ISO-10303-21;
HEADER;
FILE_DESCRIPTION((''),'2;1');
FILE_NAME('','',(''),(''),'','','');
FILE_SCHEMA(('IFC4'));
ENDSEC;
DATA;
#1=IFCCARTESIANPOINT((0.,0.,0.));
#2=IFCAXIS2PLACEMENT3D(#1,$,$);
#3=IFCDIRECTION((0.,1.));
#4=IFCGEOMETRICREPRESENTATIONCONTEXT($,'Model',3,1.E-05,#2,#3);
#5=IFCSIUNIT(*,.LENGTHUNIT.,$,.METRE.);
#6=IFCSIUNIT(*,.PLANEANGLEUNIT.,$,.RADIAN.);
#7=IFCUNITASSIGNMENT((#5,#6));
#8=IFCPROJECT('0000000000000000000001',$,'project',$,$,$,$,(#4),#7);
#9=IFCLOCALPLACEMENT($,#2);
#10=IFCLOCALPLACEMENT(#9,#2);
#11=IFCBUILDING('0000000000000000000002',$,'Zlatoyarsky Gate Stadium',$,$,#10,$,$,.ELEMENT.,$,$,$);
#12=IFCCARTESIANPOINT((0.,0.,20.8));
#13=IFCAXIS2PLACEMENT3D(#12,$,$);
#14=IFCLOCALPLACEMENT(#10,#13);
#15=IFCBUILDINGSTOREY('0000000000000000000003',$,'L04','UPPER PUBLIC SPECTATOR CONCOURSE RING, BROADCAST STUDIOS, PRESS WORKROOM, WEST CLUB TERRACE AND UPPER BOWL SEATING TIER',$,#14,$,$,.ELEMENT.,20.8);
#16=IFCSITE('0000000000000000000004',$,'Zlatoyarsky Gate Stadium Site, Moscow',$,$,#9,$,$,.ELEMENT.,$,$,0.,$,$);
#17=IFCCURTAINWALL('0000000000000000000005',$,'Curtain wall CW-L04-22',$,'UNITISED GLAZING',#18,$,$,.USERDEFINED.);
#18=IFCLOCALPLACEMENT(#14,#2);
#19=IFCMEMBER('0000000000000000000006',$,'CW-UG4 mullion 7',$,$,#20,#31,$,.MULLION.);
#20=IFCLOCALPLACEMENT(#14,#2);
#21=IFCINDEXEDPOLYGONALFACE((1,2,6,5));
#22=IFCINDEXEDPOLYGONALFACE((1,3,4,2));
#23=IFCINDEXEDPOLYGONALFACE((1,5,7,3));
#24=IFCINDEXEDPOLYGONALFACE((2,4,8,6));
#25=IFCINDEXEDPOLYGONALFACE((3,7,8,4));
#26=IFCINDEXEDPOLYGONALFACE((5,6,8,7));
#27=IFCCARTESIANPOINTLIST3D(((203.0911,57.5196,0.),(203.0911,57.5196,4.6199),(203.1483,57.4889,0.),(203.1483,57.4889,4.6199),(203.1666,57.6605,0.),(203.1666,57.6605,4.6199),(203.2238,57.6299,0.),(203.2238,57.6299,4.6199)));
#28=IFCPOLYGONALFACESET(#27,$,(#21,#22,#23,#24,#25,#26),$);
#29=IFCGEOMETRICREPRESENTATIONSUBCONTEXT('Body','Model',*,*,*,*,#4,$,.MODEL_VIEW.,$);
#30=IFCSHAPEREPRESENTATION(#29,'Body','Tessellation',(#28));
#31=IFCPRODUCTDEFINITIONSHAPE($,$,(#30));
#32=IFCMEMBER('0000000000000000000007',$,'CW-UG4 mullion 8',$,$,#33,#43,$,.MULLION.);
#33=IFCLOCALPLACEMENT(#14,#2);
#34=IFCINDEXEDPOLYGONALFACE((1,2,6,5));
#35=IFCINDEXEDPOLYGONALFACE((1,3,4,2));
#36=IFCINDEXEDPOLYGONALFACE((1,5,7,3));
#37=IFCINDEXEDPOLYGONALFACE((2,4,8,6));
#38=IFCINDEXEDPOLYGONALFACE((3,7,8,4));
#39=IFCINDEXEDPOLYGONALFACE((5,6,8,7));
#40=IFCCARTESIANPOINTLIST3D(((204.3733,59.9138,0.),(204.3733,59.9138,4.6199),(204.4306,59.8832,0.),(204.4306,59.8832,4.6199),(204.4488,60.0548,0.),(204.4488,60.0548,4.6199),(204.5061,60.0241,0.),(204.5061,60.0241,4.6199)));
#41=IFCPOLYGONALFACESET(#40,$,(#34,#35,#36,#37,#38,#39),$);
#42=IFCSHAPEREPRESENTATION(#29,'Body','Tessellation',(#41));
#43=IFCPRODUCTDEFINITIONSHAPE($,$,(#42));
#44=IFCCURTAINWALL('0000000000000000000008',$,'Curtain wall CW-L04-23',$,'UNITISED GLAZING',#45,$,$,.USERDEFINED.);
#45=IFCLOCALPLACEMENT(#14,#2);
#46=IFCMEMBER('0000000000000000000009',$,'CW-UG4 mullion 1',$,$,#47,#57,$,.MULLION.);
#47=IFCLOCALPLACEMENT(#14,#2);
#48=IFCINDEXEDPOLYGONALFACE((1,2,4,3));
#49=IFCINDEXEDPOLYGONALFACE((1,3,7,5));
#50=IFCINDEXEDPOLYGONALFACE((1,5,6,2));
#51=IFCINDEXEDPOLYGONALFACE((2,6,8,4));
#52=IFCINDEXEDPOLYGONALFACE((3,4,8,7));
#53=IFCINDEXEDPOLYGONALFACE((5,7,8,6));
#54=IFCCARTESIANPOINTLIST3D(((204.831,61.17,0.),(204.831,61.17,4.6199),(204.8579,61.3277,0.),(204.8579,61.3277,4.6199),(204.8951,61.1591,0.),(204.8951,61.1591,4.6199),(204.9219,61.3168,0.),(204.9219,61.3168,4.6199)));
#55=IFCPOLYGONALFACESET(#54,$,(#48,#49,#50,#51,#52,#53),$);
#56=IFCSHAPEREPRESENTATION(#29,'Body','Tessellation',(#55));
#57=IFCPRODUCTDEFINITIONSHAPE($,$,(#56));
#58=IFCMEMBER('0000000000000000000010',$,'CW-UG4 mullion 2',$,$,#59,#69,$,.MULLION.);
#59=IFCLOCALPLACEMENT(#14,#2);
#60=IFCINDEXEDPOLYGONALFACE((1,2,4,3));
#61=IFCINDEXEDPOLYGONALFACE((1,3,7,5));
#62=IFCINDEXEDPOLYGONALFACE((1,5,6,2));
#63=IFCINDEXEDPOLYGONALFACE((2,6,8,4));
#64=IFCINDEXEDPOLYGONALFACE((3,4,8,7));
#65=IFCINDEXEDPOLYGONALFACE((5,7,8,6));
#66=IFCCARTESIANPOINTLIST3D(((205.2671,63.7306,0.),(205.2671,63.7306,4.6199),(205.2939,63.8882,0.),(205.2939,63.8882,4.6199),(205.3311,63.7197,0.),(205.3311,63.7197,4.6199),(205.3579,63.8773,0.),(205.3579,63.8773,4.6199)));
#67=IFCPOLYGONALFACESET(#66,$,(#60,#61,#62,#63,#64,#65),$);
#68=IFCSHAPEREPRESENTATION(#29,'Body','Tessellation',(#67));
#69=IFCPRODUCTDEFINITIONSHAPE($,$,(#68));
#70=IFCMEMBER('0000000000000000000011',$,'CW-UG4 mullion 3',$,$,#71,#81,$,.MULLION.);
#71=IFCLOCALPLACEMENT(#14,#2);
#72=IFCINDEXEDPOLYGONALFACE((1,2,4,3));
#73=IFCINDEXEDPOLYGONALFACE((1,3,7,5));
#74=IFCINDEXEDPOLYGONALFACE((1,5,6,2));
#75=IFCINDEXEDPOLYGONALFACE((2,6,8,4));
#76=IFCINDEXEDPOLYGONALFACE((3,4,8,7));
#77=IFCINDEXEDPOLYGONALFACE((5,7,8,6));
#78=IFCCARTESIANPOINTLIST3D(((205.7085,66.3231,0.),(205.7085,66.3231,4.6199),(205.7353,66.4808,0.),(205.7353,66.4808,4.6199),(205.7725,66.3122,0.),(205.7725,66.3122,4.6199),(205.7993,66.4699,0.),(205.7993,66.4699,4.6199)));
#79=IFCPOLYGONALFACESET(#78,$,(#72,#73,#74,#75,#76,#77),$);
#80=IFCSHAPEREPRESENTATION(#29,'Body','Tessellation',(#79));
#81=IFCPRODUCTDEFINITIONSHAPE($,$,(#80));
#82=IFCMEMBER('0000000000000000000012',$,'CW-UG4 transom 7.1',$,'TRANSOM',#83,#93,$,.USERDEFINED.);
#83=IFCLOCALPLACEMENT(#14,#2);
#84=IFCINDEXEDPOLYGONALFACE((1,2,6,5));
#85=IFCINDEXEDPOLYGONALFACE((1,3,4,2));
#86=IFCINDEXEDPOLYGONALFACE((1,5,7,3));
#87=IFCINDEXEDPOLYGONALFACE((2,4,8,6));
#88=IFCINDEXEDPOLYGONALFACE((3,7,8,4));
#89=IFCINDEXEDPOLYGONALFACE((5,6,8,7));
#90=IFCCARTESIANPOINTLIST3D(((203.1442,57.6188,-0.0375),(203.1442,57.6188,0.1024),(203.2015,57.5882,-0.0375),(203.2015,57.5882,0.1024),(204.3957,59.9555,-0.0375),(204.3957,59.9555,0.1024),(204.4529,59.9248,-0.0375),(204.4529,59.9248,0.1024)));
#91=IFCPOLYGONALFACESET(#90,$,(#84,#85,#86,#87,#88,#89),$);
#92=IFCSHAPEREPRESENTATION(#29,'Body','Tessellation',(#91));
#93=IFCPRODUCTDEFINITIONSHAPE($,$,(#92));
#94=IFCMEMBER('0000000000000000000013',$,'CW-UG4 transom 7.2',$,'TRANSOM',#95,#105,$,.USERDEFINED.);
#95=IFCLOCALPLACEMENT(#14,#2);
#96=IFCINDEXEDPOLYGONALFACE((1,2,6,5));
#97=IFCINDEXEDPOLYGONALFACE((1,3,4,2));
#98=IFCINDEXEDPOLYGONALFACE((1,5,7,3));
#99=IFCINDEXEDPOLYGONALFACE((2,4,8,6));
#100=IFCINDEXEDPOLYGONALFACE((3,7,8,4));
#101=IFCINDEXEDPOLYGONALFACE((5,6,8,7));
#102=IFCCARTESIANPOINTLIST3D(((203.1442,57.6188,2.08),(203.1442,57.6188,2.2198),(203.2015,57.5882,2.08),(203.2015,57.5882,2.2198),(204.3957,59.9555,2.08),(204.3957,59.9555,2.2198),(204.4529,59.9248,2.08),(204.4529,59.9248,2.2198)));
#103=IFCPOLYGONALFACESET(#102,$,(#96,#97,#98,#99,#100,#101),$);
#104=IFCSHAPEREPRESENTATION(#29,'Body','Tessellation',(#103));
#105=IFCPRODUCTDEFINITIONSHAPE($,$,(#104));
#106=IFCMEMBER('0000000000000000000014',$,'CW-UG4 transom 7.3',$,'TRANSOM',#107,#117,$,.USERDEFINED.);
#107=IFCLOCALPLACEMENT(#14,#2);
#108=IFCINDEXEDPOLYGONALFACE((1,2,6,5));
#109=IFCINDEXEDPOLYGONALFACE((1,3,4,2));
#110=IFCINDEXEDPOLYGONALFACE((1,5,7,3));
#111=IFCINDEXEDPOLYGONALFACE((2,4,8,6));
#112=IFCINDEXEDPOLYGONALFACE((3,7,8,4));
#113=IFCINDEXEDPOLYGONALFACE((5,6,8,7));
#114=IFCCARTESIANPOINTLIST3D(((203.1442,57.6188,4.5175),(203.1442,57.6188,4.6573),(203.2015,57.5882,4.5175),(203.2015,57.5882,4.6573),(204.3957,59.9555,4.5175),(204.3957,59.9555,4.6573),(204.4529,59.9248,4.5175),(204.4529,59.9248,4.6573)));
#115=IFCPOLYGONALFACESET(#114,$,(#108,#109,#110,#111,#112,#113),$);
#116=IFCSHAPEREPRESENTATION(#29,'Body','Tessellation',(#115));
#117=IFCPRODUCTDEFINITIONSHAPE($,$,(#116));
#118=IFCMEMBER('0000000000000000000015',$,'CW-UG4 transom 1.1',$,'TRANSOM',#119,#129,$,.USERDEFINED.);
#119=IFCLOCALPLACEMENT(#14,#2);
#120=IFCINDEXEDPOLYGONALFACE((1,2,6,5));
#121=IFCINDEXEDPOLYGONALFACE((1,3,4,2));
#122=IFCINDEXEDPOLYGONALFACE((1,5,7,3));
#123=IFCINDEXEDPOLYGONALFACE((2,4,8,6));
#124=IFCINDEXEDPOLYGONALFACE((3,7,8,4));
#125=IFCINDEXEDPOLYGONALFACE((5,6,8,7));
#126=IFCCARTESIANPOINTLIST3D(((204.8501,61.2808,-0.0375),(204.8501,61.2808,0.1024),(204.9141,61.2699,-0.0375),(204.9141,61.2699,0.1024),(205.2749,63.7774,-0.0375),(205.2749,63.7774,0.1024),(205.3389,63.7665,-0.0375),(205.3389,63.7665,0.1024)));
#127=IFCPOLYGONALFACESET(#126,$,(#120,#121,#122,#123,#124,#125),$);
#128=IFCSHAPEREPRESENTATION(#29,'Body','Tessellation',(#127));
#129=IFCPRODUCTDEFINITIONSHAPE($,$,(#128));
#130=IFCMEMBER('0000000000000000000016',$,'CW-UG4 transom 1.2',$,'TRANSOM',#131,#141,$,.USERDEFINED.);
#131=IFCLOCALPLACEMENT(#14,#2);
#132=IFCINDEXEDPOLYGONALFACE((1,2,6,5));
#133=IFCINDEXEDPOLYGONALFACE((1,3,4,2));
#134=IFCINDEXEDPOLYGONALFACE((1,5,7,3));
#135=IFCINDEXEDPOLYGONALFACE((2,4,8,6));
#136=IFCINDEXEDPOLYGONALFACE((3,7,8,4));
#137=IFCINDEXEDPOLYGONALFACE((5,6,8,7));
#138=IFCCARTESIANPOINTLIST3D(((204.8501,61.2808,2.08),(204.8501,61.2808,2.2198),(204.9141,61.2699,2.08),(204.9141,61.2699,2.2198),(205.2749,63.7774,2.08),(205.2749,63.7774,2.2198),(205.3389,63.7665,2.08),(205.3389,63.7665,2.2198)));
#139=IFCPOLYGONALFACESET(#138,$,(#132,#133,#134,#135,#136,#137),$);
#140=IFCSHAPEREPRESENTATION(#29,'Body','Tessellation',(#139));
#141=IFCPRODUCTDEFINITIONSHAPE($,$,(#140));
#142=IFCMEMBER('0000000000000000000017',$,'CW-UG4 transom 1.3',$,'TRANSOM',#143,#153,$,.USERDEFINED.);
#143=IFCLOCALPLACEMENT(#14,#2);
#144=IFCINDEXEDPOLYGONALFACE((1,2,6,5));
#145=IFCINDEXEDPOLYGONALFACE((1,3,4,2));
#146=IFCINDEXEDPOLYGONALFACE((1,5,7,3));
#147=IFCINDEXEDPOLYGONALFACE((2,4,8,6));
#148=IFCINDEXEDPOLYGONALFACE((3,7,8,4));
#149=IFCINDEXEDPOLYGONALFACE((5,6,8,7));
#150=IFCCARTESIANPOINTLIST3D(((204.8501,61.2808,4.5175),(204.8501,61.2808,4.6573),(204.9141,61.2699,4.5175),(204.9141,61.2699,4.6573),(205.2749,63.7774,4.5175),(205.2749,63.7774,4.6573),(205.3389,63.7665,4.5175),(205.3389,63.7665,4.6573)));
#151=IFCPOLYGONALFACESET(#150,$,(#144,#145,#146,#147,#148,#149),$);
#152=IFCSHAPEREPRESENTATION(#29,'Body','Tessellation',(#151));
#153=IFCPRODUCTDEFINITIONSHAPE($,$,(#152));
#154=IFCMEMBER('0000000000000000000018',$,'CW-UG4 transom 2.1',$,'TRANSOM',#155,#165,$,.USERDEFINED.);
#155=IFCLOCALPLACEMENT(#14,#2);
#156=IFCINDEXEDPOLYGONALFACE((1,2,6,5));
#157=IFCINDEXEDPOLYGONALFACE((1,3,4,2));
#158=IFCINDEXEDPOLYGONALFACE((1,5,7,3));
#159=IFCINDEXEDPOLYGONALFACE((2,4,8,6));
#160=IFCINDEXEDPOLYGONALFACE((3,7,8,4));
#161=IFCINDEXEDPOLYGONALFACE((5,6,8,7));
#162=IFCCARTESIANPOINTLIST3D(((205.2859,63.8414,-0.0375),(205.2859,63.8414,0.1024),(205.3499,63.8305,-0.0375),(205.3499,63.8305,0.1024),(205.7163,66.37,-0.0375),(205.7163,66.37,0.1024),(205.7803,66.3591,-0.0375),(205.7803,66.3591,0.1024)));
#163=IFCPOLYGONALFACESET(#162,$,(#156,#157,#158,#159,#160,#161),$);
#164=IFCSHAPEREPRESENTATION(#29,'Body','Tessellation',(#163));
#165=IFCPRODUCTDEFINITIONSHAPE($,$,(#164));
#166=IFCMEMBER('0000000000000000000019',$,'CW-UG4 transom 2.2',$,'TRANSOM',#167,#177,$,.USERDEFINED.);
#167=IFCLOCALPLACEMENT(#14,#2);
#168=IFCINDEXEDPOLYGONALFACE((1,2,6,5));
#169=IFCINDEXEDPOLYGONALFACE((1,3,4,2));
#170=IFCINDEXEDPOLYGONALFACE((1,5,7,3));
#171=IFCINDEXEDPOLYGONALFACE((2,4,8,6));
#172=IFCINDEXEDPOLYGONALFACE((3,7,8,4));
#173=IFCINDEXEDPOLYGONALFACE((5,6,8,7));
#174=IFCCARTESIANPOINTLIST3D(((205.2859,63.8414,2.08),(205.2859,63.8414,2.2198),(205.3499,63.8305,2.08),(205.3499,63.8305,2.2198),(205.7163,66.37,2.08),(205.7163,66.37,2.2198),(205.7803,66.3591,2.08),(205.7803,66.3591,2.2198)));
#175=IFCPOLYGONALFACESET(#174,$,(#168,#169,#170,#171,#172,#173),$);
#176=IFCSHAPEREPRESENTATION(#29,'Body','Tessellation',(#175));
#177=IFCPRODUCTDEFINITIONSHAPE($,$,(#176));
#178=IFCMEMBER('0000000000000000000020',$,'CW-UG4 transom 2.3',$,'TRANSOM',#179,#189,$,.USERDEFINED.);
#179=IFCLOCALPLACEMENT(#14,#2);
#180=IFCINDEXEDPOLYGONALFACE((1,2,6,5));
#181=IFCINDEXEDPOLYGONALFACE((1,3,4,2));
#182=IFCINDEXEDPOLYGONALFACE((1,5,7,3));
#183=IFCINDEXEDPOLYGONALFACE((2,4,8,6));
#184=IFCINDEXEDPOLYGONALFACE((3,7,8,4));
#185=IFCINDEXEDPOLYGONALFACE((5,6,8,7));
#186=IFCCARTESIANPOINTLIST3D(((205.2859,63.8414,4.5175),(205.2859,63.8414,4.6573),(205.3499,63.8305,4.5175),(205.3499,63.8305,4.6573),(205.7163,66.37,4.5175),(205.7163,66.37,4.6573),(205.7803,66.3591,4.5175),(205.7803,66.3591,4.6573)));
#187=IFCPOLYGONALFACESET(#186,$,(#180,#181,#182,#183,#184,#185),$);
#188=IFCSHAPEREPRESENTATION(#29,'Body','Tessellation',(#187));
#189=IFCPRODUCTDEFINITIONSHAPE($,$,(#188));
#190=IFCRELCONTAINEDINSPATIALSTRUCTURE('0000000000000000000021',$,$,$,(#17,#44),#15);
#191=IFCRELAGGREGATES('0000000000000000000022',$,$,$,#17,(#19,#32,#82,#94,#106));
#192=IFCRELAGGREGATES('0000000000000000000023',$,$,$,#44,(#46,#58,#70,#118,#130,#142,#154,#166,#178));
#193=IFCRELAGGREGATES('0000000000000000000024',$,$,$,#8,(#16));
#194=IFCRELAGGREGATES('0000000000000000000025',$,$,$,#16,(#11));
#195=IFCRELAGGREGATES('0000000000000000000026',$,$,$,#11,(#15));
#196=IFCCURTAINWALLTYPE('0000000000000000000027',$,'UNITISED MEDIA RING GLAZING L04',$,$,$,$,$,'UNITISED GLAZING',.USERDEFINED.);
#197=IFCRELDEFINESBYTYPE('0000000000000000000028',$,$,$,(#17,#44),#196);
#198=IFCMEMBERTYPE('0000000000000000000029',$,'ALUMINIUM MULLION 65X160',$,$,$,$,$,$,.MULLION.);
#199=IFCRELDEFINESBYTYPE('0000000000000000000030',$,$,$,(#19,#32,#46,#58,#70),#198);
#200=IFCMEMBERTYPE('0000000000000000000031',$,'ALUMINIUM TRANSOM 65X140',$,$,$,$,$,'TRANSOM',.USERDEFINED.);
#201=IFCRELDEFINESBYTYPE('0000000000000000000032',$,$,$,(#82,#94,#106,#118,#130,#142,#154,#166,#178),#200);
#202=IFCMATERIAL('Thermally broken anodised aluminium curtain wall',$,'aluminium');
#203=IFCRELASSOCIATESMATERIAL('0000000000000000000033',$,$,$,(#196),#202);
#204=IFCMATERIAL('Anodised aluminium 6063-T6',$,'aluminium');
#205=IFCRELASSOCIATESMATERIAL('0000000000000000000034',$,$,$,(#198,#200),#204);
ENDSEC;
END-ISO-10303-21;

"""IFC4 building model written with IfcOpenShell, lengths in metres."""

from ifc_helpers import new_model, si_unit, direction, frame, origin, origin_2d, place, context, subcontext, project, spatial, rectangle, extrude, material, material_profile, profile_set, type_object, element, aggregate, save


model = new_model("IFC4")

# Units and contexts
model_context = context("Model", 3, precision=1e-05, world=origin(), true_north=direction((0.0, 1.0)))
body_context = subcontext(model_context, "Body", "Model", "MODEL_VIEW")
ifc_project = project(units=[si_unit("LENGTHUNIT", "METRE"), si_unit("PLANEANGLEUNIT", "RADIAN")], contexts=[model_context])

# Site, building, storey
site_placement = place(None, origin())
site = spatial("IfcSite", under=ifc_project, at=site_placement, Name="Zlatoyarsky Gate Stadium Site, Moscow", CompositionType="ELEMENT", RefElevation=0.0)
building_placement = place(site_placement, origin())
building = spatial("IfcBuilding", under=site, at=building_placement, Name="Zlatoyarsky Gate Stadium", CompositionType="ELEMENT")
storey_placement = place(building_placement, frame((0.0, 0.0, 20.8)))
storey = spatial("IfcBuildingStorey", under=building, at=storey_placement, Name="L04", Description="UPPER PUBLIC SPECTATOR CONCOURSE RING, BROADCAST STUDIOS, PRESS WORKROOM, WEST CLUB TERRACE AND UPPER BOWL SEATING TIER", CompositionType="ELEMENT", Elevation=20.8)

# Curtain walls, members
ifc_material_1 = material(Name="Thermally broken anodised aluminium curtain wall", Category="aluminium")
curtain_wall_type = type_object("IfcCurtainWallType", Name="UNITISED MEDIA RING GLAZING L04", ElementType="UNITISED GLAZING", PredefinedType="USERDEFINED", material=ifc_material_1)
curtain_wall_1_placement = place(storey_placement, origin())
curtain_wall_1 = element("IfcCurtainWall", 1, at=curtain_wall_1_placement, inside=storey, type_object=curtain_wall_type, Name="Curtain wall CW-L04-22", ObjectType="UNITISED GLAZING", PredefinedType="USERDEFINED")
ifc_material_2 = material(Name="Anodised aluminium 6063-T6", Category="aluminium")
ifc_material_profile_1 = material_profile(ifc_material_2, rectangle(XDim=0.0649, YDim=0.1599, at=origin_2d()), Name="ALU 65X160")
ifc_profile_set_1 = profile_set([ifc_material_profile_1], Name="Anodised aluminium 6063-T6")
member_type_1 = type_object("IfcMemberType", Name="ALUMINIUM MULLION 65X160", PredefinedType="MULLION", material=ifc_profile_set_1)
member_1_placement = place(storey_placement, frame((203.1575, 57.5747, 0.0), z_axis=(0.0, 0.0, 1.0), x_axis=(-0.881521, 0.472145, 0.0)))
member_1 = element("IfcMember", 2, at=member_1_placement, type_object=member_type_1, Name="CW-UG4 mullion 7", PredefinedType="MULLION", context=body_context, shape_type="SweptSolid", body=[
    extrude(rectangle(XDim=0.0649, YDim=0.1599, at=origin_2d()), origin(), (0.0, 0.0, 1.0), 4.6199),
])
member_2_placement = place(storey_placement, frame((204.4397, 59.969, 0.0), z_axis=(0.0, 0.0, 1.0), x_axis=(-0.881521, 0.472145, 0.0)))
member_2 = element("IfcMember", 3, at=member_2_placement, type_object=member_type_1, Name="CW-UG4 mullion 8", PredefinedType="MULLION", context=body_context, shape_type="SweptSolid", body=[
    extrude(rectangle(XDim=0.0649, YDim=0.1599, at=origin_2d()), origin(), (0.0, 0.0, 1.0), 4.6199),
])
curtain_wall_2_placement = place(storey_placement, origin())
curtain_wall_2 = element("IfcCurtainWall", 4, at=curtain_wall_2_placement, inside=storey, type_object=curtain_wall_type, Name="Curtain wall CW-L04-23", ObjectType="UNITISED GLAZING", PredefinedType="USERDEFINED")
member_3_placement = place(storey_placement, frame((204.8765, 61.2434, 0.0), z_axis=(0.0, 0.0, 1.0), x_axis=(-0.985817, 0.167821, 0.0)))
member_3 = element("IfcMember", 5, at=member_3_placement, type_object=member_type_1, Name="CW-UG4 mullion 1", PredefinedType="MULLION", context=body_context, shape_type="SweptSolid", body=[
    extrude(rectangle(XDim=0.0649, YDim=0.1599, at=origin_2d()), origin(), (0.0, 0.0, 1.0), 4.6199),
])
member_4_placement = place(storey_placement, frame((205.3125, 63.804, 0.0), z_axis=(0.0, 0.0, 1.0), x_axis=(-0.985817, 0.167821, 0.0)))
member_4 = element("IfcMember", 6, at=member_4_placement, type_object=member_type_1, Name="CW-UG4 mullion 2", PredefinedType="MULLION", context=body_context, shape_type="SweptSolid", body=[
    extrude(rectangle(XDim=0.0649, YDim=0.1599, at=origin_2d()), origin(), (0.0, 0.0, 1.0), 4.6199),
])
member_5_placement = place(storey_placement, frame((205.7539, 66.3965, 0.0), z_axis=(0.0, 0.0, 1.0), x_axis=(-0.985817, 0.167821, 0.0)))
member_5 = element("IfcMember", 7, at=member_5_placement, type_object=member_type_1, Name="CW-UG4 mullion 3", PredefinedType="MULLION", context=body_context, shape_type="SweptSolid", body=[
    extrude(rectangle(XDim=0.0649, YDim=0.1599, at=origin_2d()), origin(), (0.0, 0.0, 1.0), 4.6199),
])

# Members
ifc_material_profile_2 = material_profile(ifc_material_2, rectangle(XDim=0.0649, YDim=0.1399, at=origin_2d()), Name="ALU 65X140")
ifc_profile_set_2 = profile_set([ifc_material_profile_2], Name="Anodised aluminium 6063-T6")
member_type_2 = type_object("IfcMemberType", Name="ALUMINIUM TRANSOM 65X140", ElementType="TRANSOM", PredefinedType="USERDEFINED", material=ifc_profile_set_2)
member_6_placement = place(storey_placement, frame((203.1729, 57.6035, 0.0325), z_axis=(0.472127, 0.881531, 0.0), x_axis=(-0.881531, 0.472127, 0.0)))
member_6 = element("IfcMember", 8, at=member_6_placement, type_object=member_type_2, Name="CW-UG4 transom 7.1", ObjectType="TRANSOM", PredefinedType="USERDEFINED", context=body_context, shape_type="SweptSolid", body=[
    extrude(rectangle(XDim=0.0649, YDim=0.1399, at=origin_2d()), origin(), (0.0, 0.0, 1.0), 2.6506),
])
member_7_placement = place(storey_placement, frame((203.1729, 57.6035, 2.1499), z_axis=(0.472127, 0.881531, 0.0), x_axis=(-0.881531, 0.472127, 0.0)))
member_7 = element("IfcMember", 9, at=member_7_placement, type_object=member_type_2, Name="CW-UG4 transom 7.2", ObjectType="TRANSOM", PredefinedType="USERDEFINED", context=body_context, shape_type="SweptSolid", body=[
    extrude(rectangle(XDim=0.0649, YDim=0.1399, at=origin_2d()), origin(), (0.0, 0.0, 1.0), 2.6506),
])
member_8_placement = place(storey_placement, frame((203.1729, 57.6035, 4.5874), z_axis=(0.472127, 0.881531, 0.0), x_axis=(-0.881531, 0.472127, 0.0)))
member_8 = element("IfcMember", 10, at=member_8_placement, type_object=member_type_2, Name="CW-UG4 transom 7.3", ObjectType="TRANSOM", PredefinedType="USERDEFINED", context=body_context, shape_type="SweptSolid", body=[
    extrude(rectangle(XDim=0.0649, YDim=0.1399, at=origin_2d()), origin(), (0.0, 0.0, 1.0), 2.6506),
])
member_9_placement = place(storey_placement, frame((204.8821, 61.2754, 0.0325), z_axis=(0.167744, 0.985831, 0.0), x_axis=(-0.985831, 0.167744, 0.0)))
member_9 = element("IfcMember", 11, at=member_9_placement, type_object=member_type_2, Name="CW-UG4 transom 1.1", ObjectType="TRANSOM", PredefinedType="USERDEFINED", context=body_context, shape_type="SweptSolid", body=[
    extrude(rectangle(XDim=0.0649, YDim=0.1399, at=origin_2d()), origin(), (0.0, 0.0, 1.0), 2.5325),
])
member_10_placement = place(storey_placement, frame((204.8821, 61.2754, 2.1499), z_axis=(0.167744, 0.985831, 0.0), x_axis=(-0.985831, 0.167744, 0.0)))
member_10 = element("IfcMember", 12, at=member_10_placement, type_object=member_type_2, Name="CW-UG4 transom 1.2", ObjectType="TRANSOM", PredefinedType="USERDEFINED", context=body_context, shape_type="SweptSolid", body=[
    extrude(rectangle(XDim=0.0649, YDim=0.1399, at=origin_2d()), origin(), (0.0, 0.0, 1.0), 2.5325),
])
member_11_placement = place(storey_placement, frame((204.8821, 61.2754, 4.5874), z_axis=(0.167744, 0.985831, 0.0), x_axis=(-0.985831, 0.167744, 0.0)))
member_11 = element("IfcMember", 13, at=member_11_placement, type_object=member_type_2, Name="CW-UG4 transom 1.3", ObjectType="TRANSOM", PredefinedType="USERDEFINED", context=body_context, shape_type="SweptSolid", body=[
    extrude(rectangle(XDim=0.0649, YDim=0.1399, at=origin_2d()), origin(), (0.0, 0.0, 1.0), 2.5325),
])
member_12_placement = place(storey_placement, frame((205.3179, 63.8359, 0.0325), z_axis=(0.167809, 0.985819, 0.0), x_axis=(-0.985819, 0.167809, 0.0)))
member_12 = element("IfcMember", 14, at=member_12_placement, type_object=member_type_2, Name="CW-UG4 transom 2.1", ObjectType="TRANSOM", PredefinedType="USERDEFINED", context=body_context, shape_type="SweptSolid", body=[
    extrude(rectangle(XDim=0.0649, YDim=0.1399, at=origin_2d()), origin(), (0.0, 0.0, 1.0), 2.5649),
])
member_13_placement = place(storey_placement, frame((205.3179, 63.8359, 2.1499), z_axis=(0.167809, 0.985819, 0.0), x_axis=(-0.985819, 0.167809, 0.0)))
member_13 = element("IfcMember", 15, at=member_13_placement, type_object=member_type_2, Name="CW-UG4 transom 2.2", ObjectType="TRANSOM", PredefinedType="USERDEFINED", context=body_context, shape_type="SweptSolid", body=[
    extrude(rectangle(XDim=0.0649, YDim=0.1399, at=origin_2d()), origin(), (0.0, 0.0, 1.0), 2.5649),
])
member_14_placement = place(storey_placement, frame((205.3179, 63.8359, 4.5874), z_axis=(0.167809, 0.985819, 0.0), x_axis=(-0.985819, 0.167809, 0.0)))
member_14 = element("IfcMember", 16, at=member_14_placement, type_object=member_type_2, Name="CW-UG4 transom 2.3", ObjectType="TRANSOM", PredefinedType="USERDEFINED", context=body_context, shape_type="SweptSolid", body=[
    extrude(rectangle(XDim=0.0649, YDim=0.1399, at=origin_2d()), origin(), (0.0, 0.0, 1.0), 2.5649),
])

aggregate(curtain_wall_1, [member_1, member_2, member_6, member_7, member_8])
aggregate(curtain_wall_2, [member_3, member_4, member_5, member_9, member_10, member_11, member_12, member_13, member_14])

save(model, "model.ifc")
